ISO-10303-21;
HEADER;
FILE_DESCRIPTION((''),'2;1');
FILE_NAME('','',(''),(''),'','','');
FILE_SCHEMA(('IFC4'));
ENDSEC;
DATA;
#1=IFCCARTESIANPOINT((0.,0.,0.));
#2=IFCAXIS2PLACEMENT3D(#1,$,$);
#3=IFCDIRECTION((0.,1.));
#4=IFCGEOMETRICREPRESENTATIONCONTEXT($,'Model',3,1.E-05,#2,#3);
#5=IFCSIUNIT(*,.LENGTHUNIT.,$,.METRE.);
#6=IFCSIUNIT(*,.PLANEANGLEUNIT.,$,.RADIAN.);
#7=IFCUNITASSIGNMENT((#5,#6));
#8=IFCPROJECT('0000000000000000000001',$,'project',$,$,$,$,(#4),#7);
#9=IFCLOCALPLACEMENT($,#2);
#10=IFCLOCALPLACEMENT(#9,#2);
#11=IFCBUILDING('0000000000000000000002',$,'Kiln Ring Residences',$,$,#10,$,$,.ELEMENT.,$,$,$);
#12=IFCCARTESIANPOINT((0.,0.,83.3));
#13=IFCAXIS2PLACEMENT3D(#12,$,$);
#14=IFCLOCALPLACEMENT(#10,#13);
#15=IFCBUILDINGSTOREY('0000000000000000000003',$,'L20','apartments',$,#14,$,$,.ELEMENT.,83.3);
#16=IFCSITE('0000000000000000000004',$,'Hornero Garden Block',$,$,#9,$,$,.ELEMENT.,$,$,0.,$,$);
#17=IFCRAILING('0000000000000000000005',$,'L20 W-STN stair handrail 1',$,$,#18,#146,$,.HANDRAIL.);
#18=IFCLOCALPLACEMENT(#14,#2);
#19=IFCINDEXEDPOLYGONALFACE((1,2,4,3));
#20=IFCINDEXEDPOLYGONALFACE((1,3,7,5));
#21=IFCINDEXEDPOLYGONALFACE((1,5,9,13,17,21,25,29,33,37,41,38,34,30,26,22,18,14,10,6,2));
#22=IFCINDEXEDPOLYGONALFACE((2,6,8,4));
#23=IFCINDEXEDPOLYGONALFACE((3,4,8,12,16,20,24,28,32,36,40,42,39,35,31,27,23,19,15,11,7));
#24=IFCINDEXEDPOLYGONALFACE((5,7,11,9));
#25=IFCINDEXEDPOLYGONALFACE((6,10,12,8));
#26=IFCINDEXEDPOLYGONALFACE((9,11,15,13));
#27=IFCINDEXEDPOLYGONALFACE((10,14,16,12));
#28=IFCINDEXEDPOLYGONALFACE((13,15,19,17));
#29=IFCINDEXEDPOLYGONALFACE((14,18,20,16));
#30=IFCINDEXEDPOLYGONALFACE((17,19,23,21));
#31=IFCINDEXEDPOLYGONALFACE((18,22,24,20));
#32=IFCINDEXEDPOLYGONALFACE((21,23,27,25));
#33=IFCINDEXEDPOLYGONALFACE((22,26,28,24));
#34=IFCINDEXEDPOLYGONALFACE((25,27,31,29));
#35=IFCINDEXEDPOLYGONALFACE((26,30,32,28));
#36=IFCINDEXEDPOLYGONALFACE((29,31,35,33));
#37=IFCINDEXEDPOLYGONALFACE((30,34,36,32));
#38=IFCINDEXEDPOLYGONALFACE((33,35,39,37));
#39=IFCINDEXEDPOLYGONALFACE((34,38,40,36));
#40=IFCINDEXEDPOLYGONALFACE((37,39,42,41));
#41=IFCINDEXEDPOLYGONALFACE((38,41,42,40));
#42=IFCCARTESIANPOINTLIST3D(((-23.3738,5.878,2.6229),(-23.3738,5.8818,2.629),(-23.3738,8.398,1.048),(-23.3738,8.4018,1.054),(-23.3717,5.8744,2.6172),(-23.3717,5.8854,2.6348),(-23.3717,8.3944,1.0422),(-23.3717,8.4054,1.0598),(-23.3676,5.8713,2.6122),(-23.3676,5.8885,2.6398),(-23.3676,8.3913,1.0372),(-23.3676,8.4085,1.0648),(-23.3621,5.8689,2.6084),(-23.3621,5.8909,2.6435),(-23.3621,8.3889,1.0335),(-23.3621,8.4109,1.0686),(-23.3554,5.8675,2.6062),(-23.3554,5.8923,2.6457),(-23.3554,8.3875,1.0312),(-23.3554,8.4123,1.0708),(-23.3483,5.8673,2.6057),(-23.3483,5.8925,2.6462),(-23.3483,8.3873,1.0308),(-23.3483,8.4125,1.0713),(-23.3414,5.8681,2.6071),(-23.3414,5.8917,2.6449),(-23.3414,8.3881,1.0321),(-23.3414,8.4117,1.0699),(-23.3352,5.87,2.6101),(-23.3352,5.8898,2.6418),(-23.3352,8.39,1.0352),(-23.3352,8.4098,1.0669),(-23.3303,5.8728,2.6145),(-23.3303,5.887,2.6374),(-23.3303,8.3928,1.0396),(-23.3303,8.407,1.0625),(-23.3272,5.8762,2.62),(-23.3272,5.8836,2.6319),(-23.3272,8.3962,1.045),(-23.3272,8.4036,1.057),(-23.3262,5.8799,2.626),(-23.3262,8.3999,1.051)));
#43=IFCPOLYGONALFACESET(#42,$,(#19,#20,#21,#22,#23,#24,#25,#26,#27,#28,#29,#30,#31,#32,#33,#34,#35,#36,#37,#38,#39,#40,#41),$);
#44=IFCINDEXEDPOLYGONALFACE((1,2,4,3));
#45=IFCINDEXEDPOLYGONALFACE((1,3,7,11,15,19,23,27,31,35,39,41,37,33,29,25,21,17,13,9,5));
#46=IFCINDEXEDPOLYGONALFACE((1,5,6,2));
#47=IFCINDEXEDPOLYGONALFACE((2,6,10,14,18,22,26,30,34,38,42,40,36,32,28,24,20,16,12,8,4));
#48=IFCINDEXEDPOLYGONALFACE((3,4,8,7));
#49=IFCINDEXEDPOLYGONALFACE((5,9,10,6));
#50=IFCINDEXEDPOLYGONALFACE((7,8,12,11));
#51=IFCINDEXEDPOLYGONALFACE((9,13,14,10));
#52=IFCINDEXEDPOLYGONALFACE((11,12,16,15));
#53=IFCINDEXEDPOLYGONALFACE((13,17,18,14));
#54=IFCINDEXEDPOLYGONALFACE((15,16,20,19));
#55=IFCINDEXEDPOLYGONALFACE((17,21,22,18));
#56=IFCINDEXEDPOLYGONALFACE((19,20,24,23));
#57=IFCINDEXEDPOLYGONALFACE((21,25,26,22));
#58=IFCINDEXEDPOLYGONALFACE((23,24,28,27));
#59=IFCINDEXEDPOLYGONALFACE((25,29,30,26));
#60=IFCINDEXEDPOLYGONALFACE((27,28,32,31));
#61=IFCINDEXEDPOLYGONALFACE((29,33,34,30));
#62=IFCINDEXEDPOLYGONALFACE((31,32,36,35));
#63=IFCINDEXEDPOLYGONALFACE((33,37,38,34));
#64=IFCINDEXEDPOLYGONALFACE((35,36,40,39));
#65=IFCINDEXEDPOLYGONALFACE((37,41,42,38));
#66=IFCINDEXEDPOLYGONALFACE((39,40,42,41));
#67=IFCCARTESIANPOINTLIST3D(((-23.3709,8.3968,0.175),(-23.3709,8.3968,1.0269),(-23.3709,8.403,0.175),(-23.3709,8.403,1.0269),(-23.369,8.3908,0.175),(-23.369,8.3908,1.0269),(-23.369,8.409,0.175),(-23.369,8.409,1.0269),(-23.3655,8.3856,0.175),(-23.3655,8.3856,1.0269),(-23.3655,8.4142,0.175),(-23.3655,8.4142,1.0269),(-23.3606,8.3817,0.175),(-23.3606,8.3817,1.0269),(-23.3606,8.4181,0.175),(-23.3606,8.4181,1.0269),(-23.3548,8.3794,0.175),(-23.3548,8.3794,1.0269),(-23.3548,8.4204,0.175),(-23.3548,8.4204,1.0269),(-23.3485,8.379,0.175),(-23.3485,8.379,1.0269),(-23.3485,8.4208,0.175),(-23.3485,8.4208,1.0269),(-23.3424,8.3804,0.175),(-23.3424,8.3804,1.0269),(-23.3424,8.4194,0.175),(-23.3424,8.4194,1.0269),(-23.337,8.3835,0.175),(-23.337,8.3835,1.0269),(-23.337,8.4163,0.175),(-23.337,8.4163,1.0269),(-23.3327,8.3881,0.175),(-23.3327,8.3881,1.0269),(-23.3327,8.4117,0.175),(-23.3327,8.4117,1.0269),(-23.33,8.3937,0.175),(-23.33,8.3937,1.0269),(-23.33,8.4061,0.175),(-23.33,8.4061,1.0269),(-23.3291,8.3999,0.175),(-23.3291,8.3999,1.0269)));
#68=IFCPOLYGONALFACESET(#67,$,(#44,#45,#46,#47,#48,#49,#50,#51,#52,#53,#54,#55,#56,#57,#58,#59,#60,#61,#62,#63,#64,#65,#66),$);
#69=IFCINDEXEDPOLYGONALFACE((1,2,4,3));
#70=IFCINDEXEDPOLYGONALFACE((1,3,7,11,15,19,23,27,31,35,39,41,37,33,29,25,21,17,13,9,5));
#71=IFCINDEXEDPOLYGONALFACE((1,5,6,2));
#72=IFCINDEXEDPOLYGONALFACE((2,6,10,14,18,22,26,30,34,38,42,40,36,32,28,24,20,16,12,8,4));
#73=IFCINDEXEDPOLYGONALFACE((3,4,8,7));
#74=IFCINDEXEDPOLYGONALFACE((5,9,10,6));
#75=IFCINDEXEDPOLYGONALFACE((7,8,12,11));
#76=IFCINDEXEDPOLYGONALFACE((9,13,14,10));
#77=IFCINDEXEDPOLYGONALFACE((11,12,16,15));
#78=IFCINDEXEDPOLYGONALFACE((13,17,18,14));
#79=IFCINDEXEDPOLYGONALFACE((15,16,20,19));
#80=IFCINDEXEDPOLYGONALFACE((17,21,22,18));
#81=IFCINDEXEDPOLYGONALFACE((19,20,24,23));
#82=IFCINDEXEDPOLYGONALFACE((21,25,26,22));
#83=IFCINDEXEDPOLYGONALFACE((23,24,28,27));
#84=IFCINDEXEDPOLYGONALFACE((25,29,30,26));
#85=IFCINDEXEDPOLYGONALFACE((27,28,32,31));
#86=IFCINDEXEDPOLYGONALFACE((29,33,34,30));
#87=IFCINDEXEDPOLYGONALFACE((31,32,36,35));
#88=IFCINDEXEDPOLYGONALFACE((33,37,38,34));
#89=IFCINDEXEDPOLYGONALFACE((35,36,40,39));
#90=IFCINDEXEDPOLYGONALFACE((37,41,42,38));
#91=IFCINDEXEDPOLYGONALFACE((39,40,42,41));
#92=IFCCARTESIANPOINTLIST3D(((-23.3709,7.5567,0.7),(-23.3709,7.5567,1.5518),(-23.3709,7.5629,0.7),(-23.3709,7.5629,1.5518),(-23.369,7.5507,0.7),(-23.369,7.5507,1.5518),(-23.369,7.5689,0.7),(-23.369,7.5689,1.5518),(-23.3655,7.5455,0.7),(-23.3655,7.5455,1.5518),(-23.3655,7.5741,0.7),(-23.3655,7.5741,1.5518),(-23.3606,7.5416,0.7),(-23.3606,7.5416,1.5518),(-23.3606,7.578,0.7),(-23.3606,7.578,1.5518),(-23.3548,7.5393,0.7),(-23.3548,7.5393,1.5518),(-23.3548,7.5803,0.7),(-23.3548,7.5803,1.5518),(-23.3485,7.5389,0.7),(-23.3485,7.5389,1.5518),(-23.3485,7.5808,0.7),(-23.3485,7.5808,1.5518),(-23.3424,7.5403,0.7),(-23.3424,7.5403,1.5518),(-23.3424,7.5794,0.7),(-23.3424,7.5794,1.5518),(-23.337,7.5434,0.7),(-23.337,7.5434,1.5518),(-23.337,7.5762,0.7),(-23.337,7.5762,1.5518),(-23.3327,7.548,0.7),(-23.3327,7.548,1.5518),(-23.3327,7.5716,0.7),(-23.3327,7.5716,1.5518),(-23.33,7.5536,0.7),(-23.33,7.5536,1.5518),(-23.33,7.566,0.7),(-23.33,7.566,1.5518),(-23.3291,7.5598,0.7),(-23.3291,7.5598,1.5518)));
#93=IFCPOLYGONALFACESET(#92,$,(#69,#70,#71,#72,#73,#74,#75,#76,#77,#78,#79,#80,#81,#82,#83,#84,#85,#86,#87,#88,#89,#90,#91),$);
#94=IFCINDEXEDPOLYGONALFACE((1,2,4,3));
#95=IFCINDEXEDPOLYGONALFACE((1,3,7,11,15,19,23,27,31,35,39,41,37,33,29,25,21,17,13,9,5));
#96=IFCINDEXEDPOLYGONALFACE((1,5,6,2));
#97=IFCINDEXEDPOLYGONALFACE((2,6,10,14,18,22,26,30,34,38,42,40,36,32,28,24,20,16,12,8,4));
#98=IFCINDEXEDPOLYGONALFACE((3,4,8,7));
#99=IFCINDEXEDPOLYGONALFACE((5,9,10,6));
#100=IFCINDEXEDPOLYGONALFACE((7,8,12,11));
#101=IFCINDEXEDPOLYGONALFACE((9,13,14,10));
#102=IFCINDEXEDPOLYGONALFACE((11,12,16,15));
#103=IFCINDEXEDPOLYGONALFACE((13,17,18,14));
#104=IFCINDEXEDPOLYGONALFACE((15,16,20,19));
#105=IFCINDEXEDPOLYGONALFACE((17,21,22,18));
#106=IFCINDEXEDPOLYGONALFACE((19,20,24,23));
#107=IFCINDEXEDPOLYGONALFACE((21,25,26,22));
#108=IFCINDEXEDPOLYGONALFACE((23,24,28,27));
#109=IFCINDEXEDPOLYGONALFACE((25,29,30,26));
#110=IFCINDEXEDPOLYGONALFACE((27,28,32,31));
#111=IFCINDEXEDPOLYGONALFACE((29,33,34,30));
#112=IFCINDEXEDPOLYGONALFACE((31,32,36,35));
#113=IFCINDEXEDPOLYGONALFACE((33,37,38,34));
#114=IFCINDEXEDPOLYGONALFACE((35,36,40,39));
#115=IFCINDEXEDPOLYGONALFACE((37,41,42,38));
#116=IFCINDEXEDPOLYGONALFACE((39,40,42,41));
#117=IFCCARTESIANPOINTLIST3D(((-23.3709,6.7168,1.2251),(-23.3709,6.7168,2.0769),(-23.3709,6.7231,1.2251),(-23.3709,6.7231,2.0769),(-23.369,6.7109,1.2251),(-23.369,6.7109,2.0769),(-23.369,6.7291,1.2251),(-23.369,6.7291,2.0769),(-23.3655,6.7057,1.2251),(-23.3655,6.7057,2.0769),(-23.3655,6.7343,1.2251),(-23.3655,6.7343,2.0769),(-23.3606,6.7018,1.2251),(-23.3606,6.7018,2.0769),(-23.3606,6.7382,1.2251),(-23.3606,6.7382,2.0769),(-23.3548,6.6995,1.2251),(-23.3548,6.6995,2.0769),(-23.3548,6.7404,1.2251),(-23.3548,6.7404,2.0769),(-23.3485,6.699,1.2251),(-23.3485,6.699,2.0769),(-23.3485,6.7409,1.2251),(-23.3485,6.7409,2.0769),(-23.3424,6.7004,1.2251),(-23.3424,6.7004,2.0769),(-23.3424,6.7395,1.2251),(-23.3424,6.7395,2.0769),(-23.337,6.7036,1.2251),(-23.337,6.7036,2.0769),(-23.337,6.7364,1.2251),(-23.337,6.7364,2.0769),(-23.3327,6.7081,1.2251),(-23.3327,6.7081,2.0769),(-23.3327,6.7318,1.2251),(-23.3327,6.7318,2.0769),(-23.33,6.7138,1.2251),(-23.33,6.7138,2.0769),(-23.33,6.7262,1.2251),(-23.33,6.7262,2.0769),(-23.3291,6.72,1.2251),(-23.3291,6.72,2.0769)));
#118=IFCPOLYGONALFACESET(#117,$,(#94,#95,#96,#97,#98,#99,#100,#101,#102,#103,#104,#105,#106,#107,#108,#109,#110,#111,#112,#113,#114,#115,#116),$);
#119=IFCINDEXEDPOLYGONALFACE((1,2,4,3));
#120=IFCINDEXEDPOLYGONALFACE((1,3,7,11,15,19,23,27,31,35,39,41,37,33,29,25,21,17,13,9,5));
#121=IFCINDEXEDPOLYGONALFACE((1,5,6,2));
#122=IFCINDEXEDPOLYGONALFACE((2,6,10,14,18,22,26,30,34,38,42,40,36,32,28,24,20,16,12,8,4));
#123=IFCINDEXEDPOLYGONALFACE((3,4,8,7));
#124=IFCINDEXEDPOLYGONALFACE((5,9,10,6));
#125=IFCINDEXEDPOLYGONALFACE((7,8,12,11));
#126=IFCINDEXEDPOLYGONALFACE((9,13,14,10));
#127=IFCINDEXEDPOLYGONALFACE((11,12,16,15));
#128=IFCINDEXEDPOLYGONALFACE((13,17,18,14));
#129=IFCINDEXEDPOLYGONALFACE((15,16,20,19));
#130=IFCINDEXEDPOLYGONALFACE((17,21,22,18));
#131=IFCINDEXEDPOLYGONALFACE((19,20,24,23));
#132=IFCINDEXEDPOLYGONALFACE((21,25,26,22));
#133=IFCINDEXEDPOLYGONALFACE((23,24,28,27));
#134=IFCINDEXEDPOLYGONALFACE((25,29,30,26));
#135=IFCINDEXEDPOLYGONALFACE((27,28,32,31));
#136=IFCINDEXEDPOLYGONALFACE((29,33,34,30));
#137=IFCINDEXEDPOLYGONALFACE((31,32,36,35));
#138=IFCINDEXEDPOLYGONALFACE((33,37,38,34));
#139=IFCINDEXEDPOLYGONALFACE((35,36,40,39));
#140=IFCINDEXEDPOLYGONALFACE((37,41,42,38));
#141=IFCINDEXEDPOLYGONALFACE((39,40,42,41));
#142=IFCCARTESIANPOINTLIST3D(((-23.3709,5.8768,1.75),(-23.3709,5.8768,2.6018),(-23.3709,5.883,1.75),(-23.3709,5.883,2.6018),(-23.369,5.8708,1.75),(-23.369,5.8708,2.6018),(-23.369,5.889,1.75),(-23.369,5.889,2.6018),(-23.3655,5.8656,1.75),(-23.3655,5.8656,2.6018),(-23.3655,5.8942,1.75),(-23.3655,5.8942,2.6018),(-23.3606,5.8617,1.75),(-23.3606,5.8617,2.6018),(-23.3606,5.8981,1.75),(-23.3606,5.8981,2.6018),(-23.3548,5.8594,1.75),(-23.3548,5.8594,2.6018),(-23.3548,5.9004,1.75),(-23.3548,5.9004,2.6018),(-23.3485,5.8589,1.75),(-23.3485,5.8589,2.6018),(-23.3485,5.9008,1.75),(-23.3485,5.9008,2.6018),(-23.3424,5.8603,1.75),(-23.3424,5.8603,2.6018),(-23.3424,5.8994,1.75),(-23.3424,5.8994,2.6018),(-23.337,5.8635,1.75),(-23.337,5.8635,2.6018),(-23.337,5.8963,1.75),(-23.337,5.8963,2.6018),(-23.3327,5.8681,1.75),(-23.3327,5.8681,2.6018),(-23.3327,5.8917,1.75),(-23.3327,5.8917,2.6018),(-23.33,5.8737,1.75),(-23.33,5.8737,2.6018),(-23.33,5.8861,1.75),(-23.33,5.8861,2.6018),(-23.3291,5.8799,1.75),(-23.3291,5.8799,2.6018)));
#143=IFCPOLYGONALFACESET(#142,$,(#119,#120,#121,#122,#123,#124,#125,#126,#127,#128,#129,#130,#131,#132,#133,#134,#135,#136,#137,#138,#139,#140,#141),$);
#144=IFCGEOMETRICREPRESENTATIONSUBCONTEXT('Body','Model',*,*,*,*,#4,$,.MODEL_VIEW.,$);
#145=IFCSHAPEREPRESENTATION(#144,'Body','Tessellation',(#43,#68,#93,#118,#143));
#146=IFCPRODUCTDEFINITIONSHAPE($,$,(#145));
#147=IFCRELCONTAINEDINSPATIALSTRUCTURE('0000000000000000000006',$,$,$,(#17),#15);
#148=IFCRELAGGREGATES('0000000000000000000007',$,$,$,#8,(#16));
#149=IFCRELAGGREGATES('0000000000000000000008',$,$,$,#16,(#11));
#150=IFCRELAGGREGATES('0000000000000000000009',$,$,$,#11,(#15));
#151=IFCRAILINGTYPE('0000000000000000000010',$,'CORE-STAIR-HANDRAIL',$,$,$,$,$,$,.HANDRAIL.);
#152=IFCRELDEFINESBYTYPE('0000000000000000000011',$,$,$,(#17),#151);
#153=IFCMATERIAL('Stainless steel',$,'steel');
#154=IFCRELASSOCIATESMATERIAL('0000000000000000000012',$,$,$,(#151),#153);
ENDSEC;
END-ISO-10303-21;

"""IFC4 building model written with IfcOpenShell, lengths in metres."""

from ifc_helpers import new_model, si_unit, direction, frame, origin, origin_2d, place, context, subcontext, project, spatial, circle, extrude, material, type_object, element, save


model = new_model("IFC4")

# Units and contexts
model_context = context("Model", 3, precision=1e-05, world=origin(), true_north=direction((0.0, 1.0)))
body_context = subcontext(model_context, "Body", "Model", "MODEL_VIEW")
ifc_project = project(units=[si_unit("LENGTHUNIT", "METRE"), si_unit("PLANEANGLEUNIT", "RADIAN")], contexts=[model_context])

# Site, building, storey
site_placement = place(None, origin())
site = spatial("IfcSite", under=ifc_project, at=site_placement, Name="Hornero Garden Block", CompositionType="ELEMENT", RefElevation=0.0)
building_placement = place(site_placement, origin())
building = spatial("IfcBuilding", under=site, at=building_placement, Name="Kiln Ring Residences", CompositionType="ELEMENT")
storey_placement = place(building_placement, frame((0.0, 0.0, 83.3)))
storey = spatial("IfcBuildingStorey", under=building, at=storey_placement, Name="L20", Description="apartments", CompositionType="ELEMENT", Elevation=83.3)

# Railing
ifc_material_1 = material(Name="Stainless steel", Category="steel")
railing_type_1 = type_object("IfcRailingType", Name="CORE-STAIR-HANDRAIL", PredefinedType="HANDRAIL", material=ifc_material_1)
railing_1_placement = place(storey_placement, frame((-23.3501, 8.3999, 0.175)))
element("IfcRailing", 1, at=railing_1_placement, inside=storey, type_object=railing_type_1, Name="L20 W-STN stair handrail 1", PredefinedType="HANDRAIL", context=body_context, shape_type="SweptSolid", body=[
    extrude(circle(Radius=0.0239, at=origin_2d()), frame((0.0, 0.0, 0.876), z_axis=(0.0, -0.848008, 0.529984), x_axis=(1.0, 0.0, 0.0)), (0.0, 0.0, 1.0), 2.9717),
    extrude(circle(Radius=0.021, at=origin_2d()), origin(), (0.0, 0.0, 1.0), 0.8518),
    extrude(circle(Radius=0.021, at=origin_2d()), frame((0.0, -0.8401, 0.5249)), (0.0, 0.0, 1.0), 0.8518),
    extrude(circle(Radius=0.021, at=origin_2d()), frame((0.0, -1.6799, 1.05)), (0.0, 0.0, 1.0), 0.8518),
    extrude(circle(Radius=0.021, at=origin_2d()), frame((0.0, -2.52, 1.575)), (0.0, 0.0, 1.0), 0.8518),
])

save(model, "model.ifc")
